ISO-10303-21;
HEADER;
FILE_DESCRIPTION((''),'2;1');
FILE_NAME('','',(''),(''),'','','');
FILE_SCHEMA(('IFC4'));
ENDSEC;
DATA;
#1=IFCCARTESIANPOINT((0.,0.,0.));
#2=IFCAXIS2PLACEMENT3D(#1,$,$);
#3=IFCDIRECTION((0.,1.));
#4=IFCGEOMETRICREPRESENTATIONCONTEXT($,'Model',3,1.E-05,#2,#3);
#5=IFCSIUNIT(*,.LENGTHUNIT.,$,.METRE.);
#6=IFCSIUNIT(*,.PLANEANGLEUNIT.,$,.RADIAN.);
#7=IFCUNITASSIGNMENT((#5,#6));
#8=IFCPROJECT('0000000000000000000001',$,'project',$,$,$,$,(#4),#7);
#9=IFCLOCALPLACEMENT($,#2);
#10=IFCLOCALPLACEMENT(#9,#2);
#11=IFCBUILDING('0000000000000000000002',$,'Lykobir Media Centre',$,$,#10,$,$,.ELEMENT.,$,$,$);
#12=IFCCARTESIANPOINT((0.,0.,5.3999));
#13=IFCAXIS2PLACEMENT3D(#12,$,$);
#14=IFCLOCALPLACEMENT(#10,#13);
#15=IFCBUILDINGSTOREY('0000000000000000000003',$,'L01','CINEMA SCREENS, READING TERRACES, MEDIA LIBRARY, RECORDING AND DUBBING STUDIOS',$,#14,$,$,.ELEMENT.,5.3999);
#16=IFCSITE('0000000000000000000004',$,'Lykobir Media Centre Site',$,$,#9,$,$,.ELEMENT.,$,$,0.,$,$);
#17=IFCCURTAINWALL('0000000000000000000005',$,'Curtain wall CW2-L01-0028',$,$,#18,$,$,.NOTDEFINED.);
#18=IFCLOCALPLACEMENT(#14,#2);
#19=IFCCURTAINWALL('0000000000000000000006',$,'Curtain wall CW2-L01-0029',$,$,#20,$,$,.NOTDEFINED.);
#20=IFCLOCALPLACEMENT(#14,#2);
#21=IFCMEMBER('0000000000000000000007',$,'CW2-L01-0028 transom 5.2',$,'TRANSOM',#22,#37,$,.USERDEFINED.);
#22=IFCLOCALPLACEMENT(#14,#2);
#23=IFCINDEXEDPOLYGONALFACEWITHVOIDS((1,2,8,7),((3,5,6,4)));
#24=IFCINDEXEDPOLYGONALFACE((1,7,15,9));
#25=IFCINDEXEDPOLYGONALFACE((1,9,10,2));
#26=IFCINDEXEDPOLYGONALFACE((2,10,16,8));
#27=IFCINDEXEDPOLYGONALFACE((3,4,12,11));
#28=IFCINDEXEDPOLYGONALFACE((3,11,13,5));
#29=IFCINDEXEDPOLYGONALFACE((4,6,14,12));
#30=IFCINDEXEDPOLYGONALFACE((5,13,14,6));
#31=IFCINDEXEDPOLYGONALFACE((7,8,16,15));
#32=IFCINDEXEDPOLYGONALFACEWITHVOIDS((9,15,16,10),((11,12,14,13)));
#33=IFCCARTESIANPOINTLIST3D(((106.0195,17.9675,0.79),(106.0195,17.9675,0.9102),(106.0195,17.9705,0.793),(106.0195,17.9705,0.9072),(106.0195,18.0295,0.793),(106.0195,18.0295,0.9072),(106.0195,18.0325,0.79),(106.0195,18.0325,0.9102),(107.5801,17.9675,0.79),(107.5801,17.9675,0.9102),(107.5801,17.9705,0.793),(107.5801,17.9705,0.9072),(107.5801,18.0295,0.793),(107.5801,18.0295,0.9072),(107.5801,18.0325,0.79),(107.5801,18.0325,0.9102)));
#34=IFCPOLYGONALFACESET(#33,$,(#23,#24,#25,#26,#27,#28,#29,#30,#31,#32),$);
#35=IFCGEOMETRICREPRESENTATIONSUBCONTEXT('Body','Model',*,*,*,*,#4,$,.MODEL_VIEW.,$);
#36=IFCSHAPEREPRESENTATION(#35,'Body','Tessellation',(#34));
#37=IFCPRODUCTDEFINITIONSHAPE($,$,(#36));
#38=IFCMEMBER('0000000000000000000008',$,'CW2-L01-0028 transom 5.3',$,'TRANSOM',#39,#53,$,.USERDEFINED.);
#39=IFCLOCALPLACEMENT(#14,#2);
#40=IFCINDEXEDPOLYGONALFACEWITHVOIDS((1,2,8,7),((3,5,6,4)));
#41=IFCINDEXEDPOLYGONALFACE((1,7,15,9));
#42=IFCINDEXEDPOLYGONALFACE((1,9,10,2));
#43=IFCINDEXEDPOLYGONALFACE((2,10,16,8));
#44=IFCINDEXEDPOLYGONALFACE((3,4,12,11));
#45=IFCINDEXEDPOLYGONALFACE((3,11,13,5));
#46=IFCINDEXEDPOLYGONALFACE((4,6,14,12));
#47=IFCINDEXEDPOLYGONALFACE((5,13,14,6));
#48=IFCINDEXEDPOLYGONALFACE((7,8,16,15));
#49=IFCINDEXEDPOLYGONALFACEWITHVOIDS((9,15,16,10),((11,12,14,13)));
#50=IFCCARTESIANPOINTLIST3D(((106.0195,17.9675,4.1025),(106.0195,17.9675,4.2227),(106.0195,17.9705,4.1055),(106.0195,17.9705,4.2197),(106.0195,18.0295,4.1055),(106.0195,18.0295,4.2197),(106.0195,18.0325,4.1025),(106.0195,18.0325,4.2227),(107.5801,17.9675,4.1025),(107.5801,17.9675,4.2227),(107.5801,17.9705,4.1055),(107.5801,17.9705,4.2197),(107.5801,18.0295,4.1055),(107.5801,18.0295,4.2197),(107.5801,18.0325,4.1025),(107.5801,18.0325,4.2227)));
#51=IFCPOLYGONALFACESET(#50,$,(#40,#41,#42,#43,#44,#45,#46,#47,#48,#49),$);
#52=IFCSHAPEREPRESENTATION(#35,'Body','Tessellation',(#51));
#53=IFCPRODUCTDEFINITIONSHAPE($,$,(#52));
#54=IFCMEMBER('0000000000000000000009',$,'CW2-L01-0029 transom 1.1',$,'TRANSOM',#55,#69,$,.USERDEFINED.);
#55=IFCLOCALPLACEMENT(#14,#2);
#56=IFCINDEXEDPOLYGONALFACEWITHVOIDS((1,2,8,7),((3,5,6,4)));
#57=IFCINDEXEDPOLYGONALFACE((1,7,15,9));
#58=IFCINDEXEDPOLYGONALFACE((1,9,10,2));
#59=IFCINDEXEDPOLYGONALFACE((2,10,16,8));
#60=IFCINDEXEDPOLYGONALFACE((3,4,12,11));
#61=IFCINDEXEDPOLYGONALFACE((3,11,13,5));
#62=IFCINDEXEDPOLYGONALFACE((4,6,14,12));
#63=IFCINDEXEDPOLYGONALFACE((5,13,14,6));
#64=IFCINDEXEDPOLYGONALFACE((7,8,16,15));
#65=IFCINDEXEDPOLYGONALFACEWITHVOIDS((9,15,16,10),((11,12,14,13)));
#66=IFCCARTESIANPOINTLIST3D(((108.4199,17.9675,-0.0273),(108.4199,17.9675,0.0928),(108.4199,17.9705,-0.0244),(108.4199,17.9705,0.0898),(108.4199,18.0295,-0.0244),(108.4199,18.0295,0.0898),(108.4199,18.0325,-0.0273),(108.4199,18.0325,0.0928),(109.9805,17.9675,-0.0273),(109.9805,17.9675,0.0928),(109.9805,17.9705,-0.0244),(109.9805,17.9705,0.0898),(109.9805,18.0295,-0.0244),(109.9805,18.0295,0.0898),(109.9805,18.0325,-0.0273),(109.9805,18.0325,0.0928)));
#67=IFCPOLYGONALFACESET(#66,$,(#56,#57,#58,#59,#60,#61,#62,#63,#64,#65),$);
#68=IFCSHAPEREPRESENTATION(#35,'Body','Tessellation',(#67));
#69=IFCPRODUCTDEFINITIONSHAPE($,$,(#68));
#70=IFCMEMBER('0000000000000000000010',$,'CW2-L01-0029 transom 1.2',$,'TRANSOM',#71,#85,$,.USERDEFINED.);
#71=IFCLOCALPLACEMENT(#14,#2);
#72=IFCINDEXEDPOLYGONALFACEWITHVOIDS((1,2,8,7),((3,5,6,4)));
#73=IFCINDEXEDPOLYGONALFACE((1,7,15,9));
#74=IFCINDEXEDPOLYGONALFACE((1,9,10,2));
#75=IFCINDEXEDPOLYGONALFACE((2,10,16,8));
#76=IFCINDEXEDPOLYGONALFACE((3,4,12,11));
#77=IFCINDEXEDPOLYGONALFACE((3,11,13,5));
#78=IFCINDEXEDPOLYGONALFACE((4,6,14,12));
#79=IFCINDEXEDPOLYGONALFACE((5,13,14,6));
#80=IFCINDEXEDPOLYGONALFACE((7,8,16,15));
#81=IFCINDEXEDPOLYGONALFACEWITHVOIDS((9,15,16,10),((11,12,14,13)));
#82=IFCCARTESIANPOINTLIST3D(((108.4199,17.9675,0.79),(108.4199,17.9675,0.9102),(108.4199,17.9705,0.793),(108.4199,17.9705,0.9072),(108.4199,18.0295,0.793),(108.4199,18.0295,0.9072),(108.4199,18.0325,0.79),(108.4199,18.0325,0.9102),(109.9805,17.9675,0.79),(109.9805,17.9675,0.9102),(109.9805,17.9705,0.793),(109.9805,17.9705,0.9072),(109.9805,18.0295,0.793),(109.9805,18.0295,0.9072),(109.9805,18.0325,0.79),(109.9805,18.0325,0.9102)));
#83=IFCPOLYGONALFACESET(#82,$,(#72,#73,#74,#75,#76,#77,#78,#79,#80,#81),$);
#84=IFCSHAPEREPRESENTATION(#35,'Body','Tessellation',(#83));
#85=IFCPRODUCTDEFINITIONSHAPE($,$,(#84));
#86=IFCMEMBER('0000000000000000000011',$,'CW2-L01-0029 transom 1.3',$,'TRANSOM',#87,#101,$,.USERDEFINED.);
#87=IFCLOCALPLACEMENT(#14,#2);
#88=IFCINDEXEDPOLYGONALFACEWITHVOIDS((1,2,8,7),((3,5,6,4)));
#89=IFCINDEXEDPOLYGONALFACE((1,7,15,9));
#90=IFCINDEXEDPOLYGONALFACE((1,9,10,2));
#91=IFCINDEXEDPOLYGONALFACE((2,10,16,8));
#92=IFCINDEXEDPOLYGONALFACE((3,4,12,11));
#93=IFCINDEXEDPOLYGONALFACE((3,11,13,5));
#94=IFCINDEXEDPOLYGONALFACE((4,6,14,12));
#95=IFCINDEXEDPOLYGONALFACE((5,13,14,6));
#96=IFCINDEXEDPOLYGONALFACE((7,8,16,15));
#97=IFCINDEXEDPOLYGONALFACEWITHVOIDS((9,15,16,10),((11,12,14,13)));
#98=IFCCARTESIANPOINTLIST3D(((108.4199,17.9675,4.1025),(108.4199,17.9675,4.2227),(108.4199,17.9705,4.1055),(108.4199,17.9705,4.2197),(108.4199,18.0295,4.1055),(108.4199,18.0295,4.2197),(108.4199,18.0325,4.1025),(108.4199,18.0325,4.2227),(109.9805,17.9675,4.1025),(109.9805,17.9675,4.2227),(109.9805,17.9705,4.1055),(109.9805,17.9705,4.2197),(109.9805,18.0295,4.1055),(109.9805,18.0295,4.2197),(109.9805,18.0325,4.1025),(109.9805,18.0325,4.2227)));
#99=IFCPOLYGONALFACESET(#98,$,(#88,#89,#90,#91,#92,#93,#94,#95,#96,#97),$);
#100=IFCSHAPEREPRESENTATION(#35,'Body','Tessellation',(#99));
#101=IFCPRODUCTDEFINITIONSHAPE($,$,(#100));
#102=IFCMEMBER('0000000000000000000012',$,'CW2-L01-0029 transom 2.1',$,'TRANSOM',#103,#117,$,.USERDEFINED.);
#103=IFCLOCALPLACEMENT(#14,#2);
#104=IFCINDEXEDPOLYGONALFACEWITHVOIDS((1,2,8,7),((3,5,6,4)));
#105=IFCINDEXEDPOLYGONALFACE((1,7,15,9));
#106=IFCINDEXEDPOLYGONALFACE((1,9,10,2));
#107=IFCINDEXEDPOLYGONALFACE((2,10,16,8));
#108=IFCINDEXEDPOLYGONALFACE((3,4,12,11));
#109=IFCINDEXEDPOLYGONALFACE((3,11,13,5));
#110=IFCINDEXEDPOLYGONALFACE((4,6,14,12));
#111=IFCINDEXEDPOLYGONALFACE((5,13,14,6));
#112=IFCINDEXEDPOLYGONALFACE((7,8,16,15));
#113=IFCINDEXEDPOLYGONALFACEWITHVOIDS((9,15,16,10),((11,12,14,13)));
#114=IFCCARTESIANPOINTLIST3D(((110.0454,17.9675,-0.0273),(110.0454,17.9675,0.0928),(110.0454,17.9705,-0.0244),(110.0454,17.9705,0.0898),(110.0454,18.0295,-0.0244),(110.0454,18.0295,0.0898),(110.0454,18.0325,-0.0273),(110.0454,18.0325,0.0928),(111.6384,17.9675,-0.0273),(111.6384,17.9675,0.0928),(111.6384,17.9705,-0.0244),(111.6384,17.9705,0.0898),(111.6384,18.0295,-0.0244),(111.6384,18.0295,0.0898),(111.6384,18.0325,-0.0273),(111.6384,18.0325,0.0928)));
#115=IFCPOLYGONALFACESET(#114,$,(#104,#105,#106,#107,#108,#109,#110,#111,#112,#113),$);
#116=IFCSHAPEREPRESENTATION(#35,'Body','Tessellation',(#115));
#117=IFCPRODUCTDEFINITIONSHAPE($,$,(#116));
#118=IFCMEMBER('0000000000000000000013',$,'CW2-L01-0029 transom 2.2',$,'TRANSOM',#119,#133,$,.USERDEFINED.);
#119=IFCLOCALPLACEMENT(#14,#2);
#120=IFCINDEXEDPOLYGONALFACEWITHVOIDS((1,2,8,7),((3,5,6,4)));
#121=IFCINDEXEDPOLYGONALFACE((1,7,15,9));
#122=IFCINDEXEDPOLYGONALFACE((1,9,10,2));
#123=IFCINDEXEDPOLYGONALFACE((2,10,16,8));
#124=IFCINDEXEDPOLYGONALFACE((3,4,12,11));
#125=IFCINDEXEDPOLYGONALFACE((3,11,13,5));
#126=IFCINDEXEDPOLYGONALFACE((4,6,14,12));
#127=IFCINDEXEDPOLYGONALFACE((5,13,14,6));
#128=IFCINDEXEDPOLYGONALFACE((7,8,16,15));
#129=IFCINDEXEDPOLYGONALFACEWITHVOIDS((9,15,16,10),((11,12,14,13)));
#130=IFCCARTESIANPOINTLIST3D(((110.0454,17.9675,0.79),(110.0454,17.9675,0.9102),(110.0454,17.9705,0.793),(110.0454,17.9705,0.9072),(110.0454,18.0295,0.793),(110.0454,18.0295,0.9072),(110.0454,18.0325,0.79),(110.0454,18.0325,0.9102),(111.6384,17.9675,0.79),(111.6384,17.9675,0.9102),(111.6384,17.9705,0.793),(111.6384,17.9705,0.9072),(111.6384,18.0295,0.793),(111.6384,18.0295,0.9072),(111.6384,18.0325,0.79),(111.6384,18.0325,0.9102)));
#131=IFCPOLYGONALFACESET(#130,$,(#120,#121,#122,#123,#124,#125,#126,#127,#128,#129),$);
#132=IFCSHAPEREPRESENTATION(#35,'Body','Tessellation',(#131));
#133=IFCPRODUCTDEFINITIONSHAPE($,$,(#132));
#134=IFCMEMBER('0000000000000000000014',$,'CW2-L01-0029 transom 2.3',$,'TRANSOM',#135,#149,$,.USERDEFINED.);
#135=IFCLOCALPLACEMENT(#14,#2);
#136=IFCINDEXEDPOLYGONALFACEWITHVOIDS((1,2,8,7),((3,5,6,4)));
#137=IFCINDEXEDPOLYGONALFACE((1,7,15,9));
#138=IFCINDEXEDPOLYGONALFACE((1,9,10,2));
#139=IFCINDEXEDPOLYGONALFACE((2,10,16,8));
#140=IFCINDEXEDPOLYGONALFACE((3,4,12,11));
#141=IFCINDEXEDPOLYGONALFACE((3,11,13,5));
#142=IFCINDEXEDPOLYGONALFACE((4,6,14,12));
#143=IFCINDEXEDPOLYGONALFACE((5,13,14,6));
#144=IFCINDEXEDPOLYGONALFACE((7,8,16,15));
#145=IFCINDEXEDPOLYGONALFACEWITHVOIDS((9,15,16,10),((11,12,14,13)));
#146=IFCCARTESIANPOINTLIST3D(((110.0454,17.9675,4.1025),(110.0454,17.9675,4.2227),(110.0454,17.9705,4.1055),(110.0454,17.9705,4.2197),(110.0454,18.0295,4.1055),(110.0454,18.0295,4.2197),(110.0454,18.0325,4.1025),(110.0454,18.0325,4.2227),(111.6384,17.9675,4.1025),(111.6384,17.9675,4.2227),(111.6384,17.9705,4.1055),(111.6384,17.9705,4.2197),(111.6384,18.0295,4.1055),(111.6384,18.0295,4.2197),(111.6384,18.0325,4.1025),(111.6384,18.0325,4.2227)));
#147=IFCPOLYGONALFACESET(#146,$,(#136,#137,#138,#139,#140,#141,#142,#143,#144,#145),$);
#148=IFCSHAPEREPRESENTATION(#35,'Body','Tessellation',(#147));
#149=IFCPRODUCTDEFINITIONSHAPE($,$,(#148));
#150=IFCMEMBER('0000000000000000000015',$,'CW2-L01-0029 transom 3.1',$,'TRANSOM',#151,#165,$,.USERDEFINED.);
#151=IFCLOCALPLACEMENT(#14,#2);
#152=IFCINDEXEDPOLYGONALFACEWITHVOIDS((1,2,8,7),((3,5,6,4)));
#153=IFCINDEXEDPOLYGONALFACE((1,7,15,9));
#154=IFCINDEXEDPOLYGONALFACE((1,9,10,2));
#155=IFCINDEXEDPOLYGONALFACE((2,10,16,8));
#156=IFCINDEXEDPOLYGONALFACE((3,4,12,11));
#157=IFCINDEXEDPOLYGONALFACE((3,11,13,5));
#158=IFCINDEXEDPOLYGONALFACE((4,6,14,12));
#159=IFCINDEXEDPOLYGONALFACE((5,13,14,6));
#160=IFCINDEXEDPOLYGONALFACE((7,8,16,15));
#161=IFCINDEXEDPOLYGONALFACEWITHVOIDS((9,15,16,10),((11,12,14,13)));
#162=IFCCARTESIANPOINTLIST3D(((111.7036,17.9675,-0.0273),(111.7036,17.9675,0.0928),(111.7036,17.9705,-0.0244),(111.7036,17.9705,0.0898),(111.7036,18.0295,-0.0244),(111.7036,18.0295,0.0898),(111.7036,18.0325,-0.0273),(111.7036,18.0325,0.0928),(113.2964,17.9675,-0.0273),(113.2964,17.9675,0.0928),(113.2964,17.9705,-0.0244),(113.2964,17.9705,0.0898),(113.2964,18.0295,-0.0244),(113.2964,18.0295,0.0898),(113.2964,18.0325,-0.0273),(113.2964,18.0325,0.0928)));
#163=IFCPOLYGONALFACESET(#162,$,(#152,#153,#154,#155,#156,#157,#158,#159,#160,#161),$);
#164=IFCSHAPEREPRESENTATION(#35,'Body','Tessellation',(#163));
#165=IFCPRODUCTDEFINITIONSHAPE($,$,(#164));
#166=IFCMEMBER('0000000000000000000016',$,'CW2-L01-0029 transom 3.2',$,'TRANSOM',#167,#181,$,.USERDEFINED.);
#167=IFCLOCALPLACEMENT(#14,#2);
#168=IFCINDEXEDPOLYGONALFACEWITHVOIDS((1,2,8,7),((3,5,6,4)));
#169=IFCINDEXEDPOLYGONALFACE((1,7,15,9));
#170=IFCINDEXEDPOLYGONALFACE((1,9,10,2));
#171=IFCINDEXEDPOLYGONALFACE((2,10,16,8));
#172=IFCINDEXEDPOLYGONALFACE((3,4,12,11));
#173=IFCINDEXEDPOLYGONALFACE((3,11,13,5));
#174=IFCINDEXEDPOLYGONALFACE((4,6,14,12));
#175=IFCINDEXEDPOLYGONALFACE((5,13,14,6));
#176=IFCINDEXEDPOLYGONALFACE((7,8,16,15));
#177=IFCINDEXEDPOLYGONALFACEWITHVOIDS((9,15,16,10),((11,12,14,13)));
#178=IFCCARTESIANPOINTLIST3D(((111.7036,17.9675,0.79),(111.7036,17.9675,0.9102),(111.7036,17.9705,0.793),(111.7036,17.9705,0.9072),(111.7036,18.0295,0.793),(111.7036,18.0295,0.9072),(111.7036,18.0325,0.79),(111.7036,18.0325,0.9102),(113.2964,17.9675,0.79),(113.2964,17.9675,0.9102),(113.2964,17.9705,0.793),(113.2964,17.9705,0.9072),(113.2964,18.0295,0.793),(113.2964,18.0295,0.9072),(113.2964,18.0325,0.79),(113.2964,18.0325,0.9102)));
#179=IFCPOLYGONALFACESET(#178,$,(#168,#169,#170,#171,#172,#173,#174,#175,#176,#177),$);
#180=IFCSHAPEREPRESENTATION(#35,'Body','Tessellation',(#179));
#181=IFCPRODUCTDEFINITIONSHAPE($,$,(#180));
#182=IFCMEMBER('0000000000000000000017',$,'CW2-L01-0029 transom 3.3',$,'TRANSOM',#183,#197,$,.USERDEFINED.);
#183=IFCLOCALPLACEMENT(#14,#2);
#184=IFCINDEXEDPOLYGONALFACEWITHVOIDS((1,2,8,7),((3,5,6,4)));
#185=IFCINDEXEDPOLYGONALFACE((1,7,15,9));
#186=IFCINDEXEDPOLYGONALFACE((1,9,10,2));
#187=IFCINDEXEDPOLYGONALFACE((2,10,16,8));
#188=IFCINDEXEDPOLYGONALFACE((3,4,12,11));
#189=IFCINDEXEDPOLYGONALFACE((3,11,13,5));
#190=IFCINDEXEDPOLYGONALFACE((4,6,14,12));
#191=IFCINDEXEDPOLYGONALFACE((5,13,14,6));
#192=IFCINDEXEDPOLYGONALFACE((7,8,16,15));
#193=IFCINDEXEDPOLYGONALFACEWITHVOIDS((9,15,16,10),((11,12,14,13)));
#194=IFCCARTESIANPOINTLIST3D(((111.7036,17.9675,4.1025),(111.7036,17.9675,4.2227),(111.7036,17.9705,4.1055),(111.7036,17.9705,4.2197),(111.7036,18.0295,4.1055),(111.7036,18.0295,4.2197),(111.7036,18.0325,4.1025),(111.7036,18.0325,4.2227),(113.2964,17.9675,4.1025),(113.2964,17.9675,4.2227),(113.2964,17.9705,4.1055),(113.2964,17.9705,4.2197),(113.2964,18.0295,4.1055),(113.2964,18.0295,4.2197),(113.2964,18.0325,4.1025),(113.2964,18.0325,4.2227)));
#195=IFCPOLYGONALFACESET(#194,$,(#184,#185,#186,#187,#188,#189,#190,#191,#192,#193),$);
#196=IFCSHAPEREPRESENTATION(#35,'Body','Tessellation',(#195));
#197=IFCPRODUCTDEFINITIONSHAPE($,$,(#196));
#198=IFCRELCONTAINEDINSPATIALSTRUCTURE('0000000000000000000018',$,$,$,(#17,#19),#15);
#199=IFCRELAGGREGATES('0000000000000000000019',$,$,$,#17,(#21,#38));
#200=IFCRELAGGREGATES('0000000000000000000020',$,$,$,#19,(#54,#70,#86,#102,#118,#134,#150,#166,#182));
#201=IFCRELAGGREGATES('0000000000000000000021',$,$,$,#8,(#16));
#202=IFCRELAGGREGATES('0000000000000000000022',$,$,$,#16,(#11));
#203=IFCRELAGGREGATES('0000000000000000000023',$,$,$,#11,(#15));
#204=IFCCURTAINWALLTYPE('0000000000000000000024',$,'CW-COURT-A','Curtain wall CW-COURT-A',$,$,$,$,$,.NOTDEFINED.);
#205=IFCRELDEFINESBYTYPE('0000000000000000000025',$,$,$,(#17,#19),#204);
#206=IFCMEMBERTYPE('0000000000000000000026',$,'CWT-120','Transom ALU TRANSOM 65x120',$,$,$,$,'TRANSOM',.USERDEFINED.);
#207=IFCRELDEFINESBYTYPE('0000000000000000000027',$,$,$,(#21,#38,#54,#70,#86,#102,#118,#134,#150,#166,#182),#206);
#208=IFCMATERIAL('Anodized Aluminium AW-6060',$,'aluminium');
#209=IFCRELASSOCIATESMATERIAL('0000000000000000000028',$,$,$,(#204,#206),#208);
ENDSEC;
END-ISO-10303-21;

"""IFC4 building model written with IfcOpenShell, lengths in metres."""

from ifc_helpers import new_model, si_unit, direction, frame, origin, origin_2d, place, context, subcontext, project, spatial, hollow_rectangle, extrude, material, material_profile, profile_set, type_object, element, aggregate, save


model = new_model("IFC4")

# Units and contexts
model_context = context("Model", 3, precision=1e-05, world=origin(), true_north=direction((0.0, 1.0)))
body_context = subcontext(model_context, "Body", "Model", "MODEL_VIEW")
ifc_project = project(units=[si_unit("LENGTHUNIT", "METRE"), si_unit("PLANEANGLEUNIT", "RADIAN")], contexts=[model_context])

# Site, building, storey
site_placement = place(None, origin())
site = spatial("IfcSite", under=ifc_project, at=site_placement, Name="Lykobir Media Centre Site", CompositionType="ELEMENT", RefElevation=0.0)
building_placement = place(site_placement, origin())
building = spatial("IfcBuilding", under=site, at=building_placement, Name="Lykobir Media Centre", CompositionType="ELEMENT")
storey_placement = place(building_placement, frame((0.0, 0.0, 5.3999)))
storey = spatial("IfcBuildingStorey", under=building, at=storey_placement, Name="L01", Description="CINEMA SCREENS, READING TERRACES, MEDIA LIBRARY, RECORDING AND DUBBING STUDIOS", CompositionType="ELEMENT", Elevation=5.3999)

# Curtain walls
ifc_material_1 = material(Name="Anodized Aluminium AW-6060", Category="aluminium")
curtain_wall_type = type_object("IfcCurtainWallType", Name="CW-COURT-A", Description="Curtain wall CW-COURT-A", PredefinedType="NOTDEFINED", material=ifc_material_1)
curtain_wall_1_placement = place(storey_placement, origin())
curtain_wall_1 = element("IfcCurtainWall", 1, at=curtain_wall_1_placement, inside=storey, type_object=curtain_wall_type, Name="Curtain wall CW2-L01-0028", PredefinedType="NOTDEFINED")
curtain_wall_2_placement = place(storey_placement, origin())
curtain_wall_2 = element("IfcCurtainWall", 2, at=curtain_wall_2_placement, inside=storey, type_object=curtain_wall_type, Name="Curtain wall CW2-L01-0029", PredefinedType="NOTDEFINED")

# Members
ifc_material_profile_1 = material_profile(ifc_material_1, hollow_rectangle(XDim=0.0649, YDim=0.1201, WallThickness=0.0029, at=origin_2d()), Name="ALU TRANSOM 65x120")
ifc_profile_set_1 = profile_set([ifc_material_profile_1], Name="Anodized Aluminium AW-6060")
member_type_1 = type_object("IfcMemberType", Name="CWT-120", Description="Transom ALU TRANSOM 65x120", ElementType="TRANSOM", PredefinedType="USERDEFINED", material=ifc_profile_set_1)
member_1_placement = place(storey_placement, frame((106.0195, 18.0, 0.8501), z_axis=(1.0, 0.0, 0.0), x_axis=(0.0, 1.0, 0.0)))
member_1 = element("IfcMember", 3, at=member_1_placement, type_object=member_type_1, Name="CW2-L01-0028 transom 5.2", ObjectType="TRANSOM", PredefinedType="USERDEFINED", context=body_context, shape_type="SweptSolid", body=[
    extrude(hollow_rectangle(XDim=0.0649, YDim=0.1201, WallThickness=0.0029, at=origin_2d()), origin(), (0.0, 0.0, 1.0), 1.5605),
])
member_2_placement = place(storey_placement, frame((106.0195, 18.0, 4.1626), z_axis=(1.0, 0.0, 0.0), x_axis=(0.0, 1.0, 0.0)))
member_2 = element("IfcMember", 4, at=member_2_placement, type_object=member_type_1, Name="CW2-L01-0028 transom 5.3", ObjectType="TRANSOM", PredefinedType="USERDEFINED", context=body_context, shape_type="SweptSolid", body=[
    extrude(hollow_rectangle(XDim=0.0649, YDim=0.1201, WallThickness=0.0029, at=origin_2d()), origin(), (0.0, 0.0, 1.0), 1.5605),
])
member_3_placement = place(storey_placement, frame((108.4199, 18.0, 0.0327), z_axis=(1.0, 0.0, 0.0), x_axis=(0.0, 1.0, 0.0)))
member_3 = element("IfcMember", 5, at=member_3_placement, type_object=member_type_1, Name="CW2-L01-0029 transom 1.1", ObjectType="TRANSOM", PredefinedType="USERDEFINED", context=body_context, shape_type="SweptSolid", body=[
    extrude(hollow_rectangle(XDim=0.0649, YDim=0.1201, WallThickness=0.0029, at=origin_2d()), origin(), (0.0, 0.0, 1.0), 1.5605),
])
member_4_placement = place(storey_placement, frame((108.4199, 18.0, 0.8501), z_axis=(1.0, 0.0, 0.0), x_axis=(0.0, 1.0, 0.0)))
member_4 = element("IfcMember", 6, at=member_4_placement, type_object=member_type_1, Name="CW2-L01-0029 transom 1.2", ObjectType="TRANSOM", PredefinedType="USERDEFINED", context=body_context, shape_type="SweptSolid", body=[
    extrude(hollow_rectangle(XDim=0.0649, YDim=0.1201, WallThickness=0.0029, at=origin_2d()), origin(), (0.0, 0.0, 1.0), 1.5605),
])
member_5_placement = place(storey_placement, frame((108.4199, 18.0, 4.1626), z_axis=(1.0, 0.0, 0.0), x_axis=(0.0, 1.0, 0.0)))
member_5 = element("IfcMember", 7, at=member_5_placement, type_object=member_type_1, Name="CW2-L01-0029 transom 1.3", ObjectType="TRANSOM", PredefinedType="USERDEFINED", context=body_context, shape_type="SweptSolid", body=[
    extrude(hollow_rectangle(XDim=0.0649, YDim=0.1201, WallThickness=0.0029, at=origin_2d()), origin(), (0.0, 0.0, 1.0), 1.5605),
])
member_6_placement = place(storey_placement, frame((110.0454, 18.0, 0.0327), z_axis=(1.0, 0.0, 0.0), x_axis=(0.0, 1.0, 0.0)))
member_6 = element("IfcMember", 8, at=member_6_placement, type_object=member_type_1, Name="CW2-L01-0029 transom 2.1", ObjectType="TRANSOM", PredefinedType="USERDEFINED", context=body_context, shape_type="SweptSolid", body=[
    extrude(hollow_rectangle(XDim=0.0649, YDim=0.1201, WallThickness=0.0029, at=origin_2d()), origin(), (0.0, 0.0, 1.0), 1.593),
])
member_7_placement = place(storey_placement, frame((110.0454, 18.0, 0.8501), z_axis=(1.0, 0.0, 0.0), x_axis=(0.0, 1.0, 0.0)))
member_7 = element("IfcMember", 9, at=member_7_placement, type_object=member_type_1, Name="CW2-L01-0029 transom 2.2", ObjectType="TRANSOM", PredefinedType="USERDEFINED", context=body_context, shape_type="SweptSolid", body=[
    extrude(hollow_rectangle(XDim=0.0649, YDim=0.1201, WallThickness=0.0029, at=origin_2d()), origin(), (0.0, 0.0, 1.0), 1.593),
])
member_8_placement = place(storey_placement, frame((110.0454, 18.0, 4.1626), z_axis=(1.0, 0.0, 0.0), x_axis=(0.0, 1.0, 0.0)))
member_8 = element("IfcMember", 10, at=member_8_placement, type_object=member_type_1, Name="CW2-L01-0029 transom 2.3", ObjectType="TRANSOM", PredefinedType="USERDEFINED", context=body_context, shape_type="SweptSolid", body=[
    extrude(hollow_rectangle(XDim=0.0649, YDim=0.1201, WallThickness=0.0029, at=origin_2d()), origin(), (0.0, 0.0, 1.0), 1.593),
])
member_9_placement = place(storey_placement, frame((111.7036, 18.0, 0.0327), z_axis=(1.0, 0.0, 0.0), x_axis=(0.0, 1.0, 0.0)))
member_9 = element("IfcMember", 11, at=member_9_placement, type_object=member_type_1, Name="CW2-L01-0029 transom 3.1", ObjectType="TRANSOM", PredefinedType="USERDEFINED", context=body_context, shape_type="SweptSolid", body=[
    extrude(hollow_rectangle(XDim=0.0649, YDim=0.1201, WallThickness=0.0029, at=origin_2d()), origin(), (0.0, 0.0, 1.0), 1.5928),
])
member_10_placement = place(storey_placement, frame((111.7036, 18.0, 0.8501), z_axis=(1.0, 0.0, 0.0), x_axis=(0.0, 1.0, 0.0)))
member_10 = element("IfcMember", 12, at=member_10_placement, type_object=member_type_1, Name="CW2-L01-0029 transom 3.2", ObjectType="TRANSOM", PredefinedType="USERDEFINED", context=body_context, shape_type="SweptSolid", body=[
    extrude(hollow_rectangle(XDim=0.0649, YDim=0.1201, WallThickness=0.0029, at=origin_2d()), origin(), (0.0, 0.0, 1.0), 1.5928),
])
member_11_placement = place(storey_placement, frame((111.7036, 18.0, 4.1626), z_axis=(1.0, 0.0, 0.0), x_axis=(0.0, 1.0, 0.0)))
member_11 = element("IfcMember", 13, at=member_11_placement, type_object=member_type_1, Name="CW2-L01-0029 transom 3.3", ObjectType="TRANSOM", PredefinedType="USERDEFINED", context=body_context, shape_type="SweptSolid", body=[
    extrude(hollow_rectangle(XDim=0.0649, YDim=0.1201, WallThickness=0.0029, at=origin_2d()), origin(), (0.0, 0.0, 1.0), 1.5928),
])

aggregate(curtain_wall_1, [member_1, member_2])
aggregate(curtain_wall_2, [member_3, member_4, member_5, member_6, member_7, member_8, member_9, member_10, member_11])

save(model, "model.ifc")
